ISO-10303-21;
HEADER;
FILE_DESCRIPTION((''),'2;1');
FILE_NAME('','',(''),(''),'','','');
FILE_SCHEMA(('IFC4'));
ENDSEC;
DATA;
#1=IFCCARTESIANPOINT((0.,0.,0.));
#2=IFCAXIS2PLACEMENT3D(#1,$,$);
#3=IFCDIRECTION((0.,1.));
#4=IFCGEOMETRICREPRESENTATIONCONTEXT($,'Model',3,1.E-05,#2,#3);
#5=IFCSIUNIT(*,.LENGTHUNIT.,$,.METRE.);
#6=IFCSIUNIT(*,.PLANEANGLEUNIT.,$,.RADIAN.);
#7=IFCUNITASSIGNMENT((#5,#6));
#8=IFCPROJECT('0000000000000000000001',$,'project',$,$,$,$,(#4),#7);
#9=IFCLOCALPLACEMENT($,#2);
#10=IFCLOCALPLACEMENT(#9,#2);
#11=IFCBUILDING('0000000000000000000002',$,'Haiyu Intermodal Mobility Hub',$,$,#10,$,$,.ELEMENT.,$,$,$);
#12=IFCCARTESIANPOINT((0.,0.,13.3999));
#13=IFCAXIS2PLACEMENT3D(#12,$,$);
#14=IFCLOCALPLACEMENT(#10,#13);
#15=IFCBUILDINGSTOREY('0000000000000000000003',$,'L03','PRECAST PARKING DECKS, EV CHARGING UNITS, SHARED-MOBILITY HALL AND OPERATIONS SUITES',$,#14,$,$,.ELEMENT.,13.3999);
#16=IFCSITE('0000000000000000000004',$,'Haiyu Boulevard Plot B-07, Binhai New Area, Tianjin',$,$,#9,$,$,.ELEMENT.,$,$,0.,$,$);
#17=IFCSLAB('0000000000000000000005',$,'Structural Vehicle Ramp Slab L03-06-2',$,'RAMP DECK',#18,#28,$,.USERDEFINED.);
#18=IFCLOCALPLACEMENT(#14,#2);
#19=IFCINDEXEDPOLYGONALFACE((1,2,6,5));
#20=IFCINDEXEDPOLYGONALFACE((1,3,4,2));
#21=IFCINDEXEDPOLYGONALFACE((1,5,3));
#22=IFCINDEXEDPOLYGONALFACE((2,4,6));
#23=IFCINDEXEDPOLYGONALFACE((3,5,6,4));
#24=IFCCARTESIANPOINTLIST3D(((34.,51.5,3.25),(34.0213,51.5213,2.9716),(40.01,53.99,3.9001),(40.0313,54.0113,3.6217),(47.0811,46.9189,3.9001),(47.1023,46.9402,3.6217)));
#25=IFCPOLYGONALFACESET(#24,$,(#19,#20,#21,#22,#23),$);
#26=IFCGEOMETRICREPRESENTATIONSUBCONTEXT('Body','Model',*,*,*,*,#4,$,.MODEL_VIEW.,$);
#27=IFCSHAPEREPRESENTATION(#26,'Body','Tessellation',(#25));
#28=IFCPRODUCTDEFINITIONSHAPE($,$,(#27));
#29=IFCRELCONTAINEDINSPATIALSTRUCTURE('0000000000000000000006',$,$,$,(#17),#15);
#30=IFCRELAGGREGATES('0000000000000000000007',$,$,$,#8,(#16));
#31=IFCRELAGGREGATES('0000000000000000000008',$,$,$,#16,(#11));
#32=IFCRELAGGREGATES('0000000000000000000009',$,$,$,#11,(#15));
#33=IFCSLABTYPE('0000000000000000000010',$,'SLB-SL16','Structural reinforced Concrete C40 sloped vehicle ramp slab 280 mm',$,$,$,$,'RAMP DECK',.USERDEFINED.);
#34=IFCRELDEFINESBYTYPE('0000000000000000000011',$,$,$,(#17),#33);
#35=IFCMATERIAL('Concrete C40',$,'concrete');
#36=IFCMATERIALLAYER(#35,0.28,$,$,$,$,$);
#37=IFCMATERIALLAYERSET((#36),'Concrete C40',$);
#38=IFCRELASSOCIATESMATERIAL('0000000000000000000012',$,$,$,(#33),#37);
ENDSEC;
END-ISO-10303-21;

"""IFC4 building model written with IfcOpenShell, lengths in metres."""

from ifc_helpers import new_model, si_unit, direction, frame, origin, place, context, subcontext, project, spatial, polyline, outline, extrude, material, layer, layer_set, type_object, element, save


model = new_model("IFC4")

# Units and contexts
model_context = context("Model", 3, precision=1e-05, world=origin(), true_north=direction((0.0, 1.0)))
body_context = subcontext(model_context, "Body", "Model", "MODEL_VIEW")
ifc_project = project(units=[si_unit("LENGTHUNIT", "METRE"), si_unit("PLANEANGLEUNIT", "RADIAN")], contexts=[model_context])

# Site, building, storey
site_placement = place(None, origin())
site = spatial("IfcSite", under=ifc_project, at=site_placement, Name="Haiyu Boulevard Plot B-07, Binhai New Area, Tianjin", CompositionType="ELEMENT", RefElevation=0.0)
building_placement = place(site_placement, origin())
building = spatial("IfcBuilding", under=site, at=building_placement, Name="Haiyu Intermodal Mobility Hub", CompositionType="ELEMENT")
storey_placement = place(building_placement, frame((0.0, 0.0, 13.3999)))
storey = spatial("IfcBuildingStorey", under=building, at=storey_placement, Name="L03", Description="PRECAST PARKING DECKS, EV CHARGING UNITS, SHARED-MOBILITY HALL AND OPERATIONS SUITES", CompositionType="ELEMENT", Elevation=13.3999)

# Shared definitions
ifc_material_1 = material(Name="Concrete C40", Category="concrete")

# Slab
ifc_layer = layer(ifc_material_1, 0.28)
ifc_layer_set = layer_set([ifc_layer], Name="Concrete C40")
slab_type = type_object("IfcSlabType", Name="SLB-SL16", Description="Structural reinforced Concrete C40 sloped vehicle ramp slab 280 mm", ElementType="RAMP DECK", PredefinedType="USERDEFINED", material=ifc_layer_set)
slab_1_placement = place(storey_placement, frame((34.0, 51.5, 3.25), z_axis=(-0.076044, -0.076044, 0.9942), x_axis=(0.942761, -0.33016, 0.046857)))
element("IfcSlab", 1, at=slab_1_placement, inside=storey, type_object=slab_type, Name="Structural Vehicle Ramp Slab L03-06-2", ObjectType="RAMP DECK", PredefinedType="USERDEFINED", context=body_context, shape_type="SweptSolid", body=[
    extrude(outline(polyline([(0.0, 0.0), (13.8753, 0.0), (4.8744, 4.357), (0.0, 0.0)])), origin(), (0.0, 0.0, -1.0), 0.28),
])

save(model, "model.ifc")
